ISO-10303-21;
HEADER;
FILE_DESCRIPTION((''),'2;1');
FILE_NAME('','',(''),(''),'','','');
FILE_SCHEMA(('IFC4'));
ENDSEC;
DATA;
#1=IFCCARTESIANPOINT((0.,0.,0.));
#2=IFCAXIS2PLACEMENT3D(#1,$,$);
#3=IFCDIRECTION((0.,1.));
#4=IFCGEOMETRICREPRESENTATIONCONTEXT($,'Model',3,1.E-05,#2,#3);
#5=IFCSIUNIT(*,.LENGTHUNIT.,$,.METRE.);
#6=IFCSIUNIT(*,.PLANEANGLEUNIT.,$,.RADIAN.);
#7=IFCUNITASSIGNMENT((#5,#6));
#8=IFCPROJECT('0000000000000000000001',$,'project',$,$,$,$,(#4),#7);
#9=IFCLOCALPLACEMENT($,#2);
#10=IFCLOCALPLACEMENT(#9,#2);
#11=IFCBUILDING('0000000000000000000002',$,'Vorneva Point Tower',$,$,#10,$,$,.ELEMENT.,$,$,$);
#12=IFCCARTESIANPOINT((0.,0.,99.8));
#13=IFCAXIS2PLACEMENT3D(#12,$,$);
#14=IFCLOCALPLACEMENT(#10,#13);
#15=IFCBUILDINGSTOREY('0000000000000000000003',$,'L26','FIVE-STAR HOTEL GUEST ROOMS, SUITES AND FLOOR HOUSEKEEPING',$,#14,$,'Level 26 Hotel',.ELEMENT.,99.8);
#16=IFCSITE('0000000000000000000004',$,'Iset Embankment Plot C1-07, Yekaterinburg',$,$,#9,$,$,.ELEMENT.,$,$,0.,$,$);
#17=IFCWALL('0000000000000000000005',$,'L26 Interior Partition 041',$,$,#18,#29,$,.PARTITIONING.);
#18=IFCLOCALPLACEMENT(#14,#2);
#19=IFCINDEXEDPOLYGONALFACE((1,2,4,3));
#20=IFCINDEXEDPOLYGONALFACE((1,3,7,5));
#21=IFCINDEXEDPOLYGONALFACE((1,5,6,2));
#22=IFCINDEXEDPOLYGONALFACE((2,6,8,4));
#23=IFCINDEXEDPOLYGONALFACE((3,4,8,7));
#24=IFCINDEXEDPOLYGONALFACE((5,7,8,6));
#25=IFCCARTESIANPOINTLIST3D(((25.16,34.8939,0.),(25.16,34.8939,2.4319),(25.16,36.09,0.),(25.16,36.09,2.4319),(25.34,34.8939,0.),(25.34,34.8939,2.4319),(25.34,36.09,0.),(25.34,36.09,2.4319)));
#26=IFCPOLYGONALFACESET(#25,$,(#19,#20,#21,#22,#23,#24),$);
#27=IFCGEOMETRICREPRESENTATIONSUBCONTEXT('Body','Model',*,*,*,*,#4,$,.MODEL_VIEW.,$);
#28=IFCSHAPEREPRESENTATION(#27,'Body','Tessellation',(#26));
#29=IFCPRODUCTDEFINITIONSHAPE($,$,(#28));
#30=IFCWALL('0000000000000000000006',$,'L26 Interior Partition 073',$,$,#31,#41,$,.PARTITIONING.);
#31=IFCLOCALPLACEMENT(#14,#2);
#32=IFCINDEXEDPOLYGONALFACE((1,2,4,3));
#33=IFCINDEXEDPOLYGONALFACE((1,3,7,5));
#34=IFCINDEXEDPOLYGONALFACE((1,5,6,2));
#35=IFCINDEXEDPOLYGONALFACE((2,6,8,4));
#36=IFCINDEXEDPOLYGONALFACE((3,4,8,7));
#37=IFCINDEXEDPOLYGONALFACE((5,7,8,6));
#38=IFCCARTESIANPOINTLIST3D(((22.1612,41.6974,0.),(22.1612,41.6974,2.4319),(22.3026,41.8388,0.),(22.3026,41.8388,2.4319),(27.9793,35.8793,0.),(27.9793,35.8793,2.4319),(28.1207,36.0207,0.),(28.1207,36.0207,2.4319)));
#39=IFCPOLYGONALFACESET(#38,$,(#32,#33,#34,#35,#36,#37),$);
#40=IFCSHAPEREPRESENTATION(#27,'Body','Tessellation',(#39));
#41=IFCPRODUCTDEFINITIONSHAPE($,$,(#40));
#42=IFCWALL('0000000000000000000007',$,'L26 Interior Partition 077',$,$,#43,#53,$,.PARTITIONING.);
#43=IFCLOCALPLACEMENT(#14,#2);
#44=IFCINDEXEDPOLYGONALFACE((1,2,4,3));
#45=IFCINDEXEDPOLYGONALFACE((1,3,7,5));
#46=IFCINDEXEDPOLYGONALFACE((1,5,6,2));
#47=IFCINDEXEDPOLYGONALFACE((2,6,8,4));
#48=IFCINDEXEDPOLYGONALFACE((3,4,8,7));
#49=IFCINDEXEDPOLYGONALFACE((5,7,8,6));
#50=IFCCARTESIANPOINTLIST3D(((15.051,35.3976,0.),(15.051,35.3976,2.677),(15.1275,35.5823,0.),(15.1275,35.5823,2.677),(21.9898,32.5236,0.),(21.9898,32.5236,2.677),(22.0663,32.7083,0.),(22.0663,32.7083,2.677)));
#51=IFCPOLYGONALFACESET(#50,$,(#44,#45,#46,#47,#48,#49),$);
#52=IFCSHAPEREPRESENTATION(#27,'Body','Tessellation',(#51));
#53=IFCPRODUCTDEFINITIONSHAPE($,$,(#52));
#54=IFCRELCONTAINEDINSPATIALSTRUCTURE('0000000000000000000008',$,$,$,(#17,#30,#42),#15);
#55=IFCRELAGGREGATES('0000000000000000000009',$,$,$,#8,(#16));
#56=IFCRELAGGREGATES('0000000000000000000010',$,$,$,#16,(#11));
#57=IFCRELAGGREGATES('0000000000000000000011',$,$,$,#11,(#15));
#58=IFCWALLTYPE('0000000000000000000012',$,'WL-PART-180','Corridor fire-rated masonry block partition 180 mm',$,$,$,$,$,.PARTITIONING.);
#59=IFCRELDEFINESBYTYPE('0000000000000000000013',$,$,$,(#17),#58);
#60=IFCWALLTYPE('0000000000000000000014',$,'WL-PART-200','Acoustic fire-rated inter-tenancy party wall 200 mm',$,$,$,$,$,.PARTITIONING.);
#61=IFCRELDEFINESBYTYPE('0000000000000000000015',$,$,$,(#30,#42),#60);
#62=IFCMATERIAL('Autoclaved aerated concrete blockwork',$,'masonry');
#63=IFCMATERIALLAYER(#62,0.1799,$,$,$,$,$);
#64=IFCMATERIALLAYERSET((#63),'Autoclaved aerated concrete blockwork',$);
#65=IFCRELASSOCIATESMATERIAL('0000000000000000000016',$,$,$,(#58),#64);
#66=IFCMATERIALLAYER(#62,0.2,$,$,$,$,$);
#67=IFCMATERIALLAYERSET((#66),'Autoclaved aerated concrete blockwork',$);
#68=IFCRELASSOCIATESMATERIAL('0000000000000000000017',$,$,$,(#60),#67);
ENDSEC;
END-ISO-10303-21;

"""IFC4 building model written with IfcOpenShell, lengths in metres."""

from ifc_helpers import new_model, si_unit, direction, frame, frame_2d, origin, place, context, subcontext, project, spatial, rectangle, extrude, material, layer, layer_set, type_object, element, save


model = new_model("IFC4")

# Units and contexts
model_context = context("Model", 3, precision=1e-05, world=origin(), true_north=direction((0.0, 1.0)))
body_context = subcontext(model_context, "Body", "Model", "MODEL_VIEW")
ifc_project = project(units=[si_unit("LENGTHUNIT", "METRE"), si_unit("PLANEANGLEUNIT", "RADIAN")], contexts=[model_context])

# Site, building, storey
site_placement = place(None, origin())
site = spatial("IfcSite", under=ifc_project, at=site_placement, Name="Iset Embankment Plot C1-07, Yekaterinburg", CompositionType="ELEMENT", RefElevation=0.0)
building_placement = place(site_placement, origin())
building = spatial("IfcBuilding", under=site, at=building_placement, Name="Vorneva Point Tower", CompositionType="ELEMENT")
storey_placement = place(building_placement, frame((0.0, 0.0, 99.8)))
storey = spatial("IfcBuildingStorey", under=building, at=storey_placement, Name="L26", Description="FIVE-STAR HOTEL GUEST ROOMS, SUITES AND FLOOR HOUSEKEEPING", LongName="Level 26 Hotel", CompositionType="ELEMENT", Elevation=99.8)

# Shared definitions
ifc_material_1 = material(Name="Autoclaved aerated concrete blockwork", Category="masonry")
ifc_layer_1 = layer(ifc_material_1, 0.1799)
ifc_layer_set_1 = layer_set([ifc_layer_1], Name="Autoclaved aerated concrete blockwork")
wall_type_1 = type_object("IfcWallType", Name="WL-PART-180", Description="Corridor fire-rated masonry block partition 180 mm", PredefinedType="PARTITIONING", material=ifc_layer_set_1)

# Walls
wall_1_placement = place(storey_placement, frame((25.25, 36.0901, 0.0), z_axis=(0.0, 0.0, 1.0), x_axis=(0.0, -1.0, 0.0)))
element("IfcWall", 1, at=wall_1_placement, inside=storey, type_object=wall_type_1, Name="L26 Interior Partition 041", PredefinedType="PARTITIONING", context=body_context, shape_type="SweptSolid", body=[
    extrude(rectangle(XDim=1.196, YDim=0.1799, at=frame_2d((0.5981, 0.0))), origin(), (0.0, 0.0, 1.0), 2.4319),
])
ifc_layer_2 = layer(ifc_material_1, 0.2)
ifc_layer_set_2 = layer_set([ifc_layer_2], Name="Autoclaved aerated concrete blockwork")
wall_type_2 = type_object("IfcWallType", Name="WL-PART-200", Description="Acoustic fire-rated inter-tenancy party wall 200 mm", PredefinedType="PARTITIONING", material=ifc_layer_set_2)
wall_2_placement = place(storey_placement, frame((22.2319, 41.7681, 0.0), z_axis=(0.0, 0.0, 1.0), x_axis=(0.707107, -0.707107, 0.0)))
element("IfcWall", 2, at=wall_2_placement, inside=storey, type_object=wall_type_2, Name="L26 Interior Partition 073", PredefinedType="PARTITIONING", context=body_context, shape_type="SweptSolid", body=[
    extrude(rectangle(XDim=8.228, YDim=0.2, at=frame_2d((4.114, 0.0))), origin(), (0.0, 0.0, 1.0), 2.4319),
])
wall_3_placement = place(storey_placement, frame((15.0891, 35.49, 0.0), z_axis=(0.0, 0.0, 1.0), x_axis=(0.923888, -0.382662, 0.0)))
element("IfcWall", 3, at=wall_3_placement, inside=storey, type_object=wall_type_2, Name="L26 Interior Partition 077", PredefinedType="PARTITIONING", context=body_context, shape_type="SweptSolid", body=[
    extrude(rectangle(XDim=7.5105, YDim=0.2, at=frame_2d((3.7554, 0.0))), origin(), (0.0, 0.0, 1.0), 2.677),
])

save(model, "model.ifc")
